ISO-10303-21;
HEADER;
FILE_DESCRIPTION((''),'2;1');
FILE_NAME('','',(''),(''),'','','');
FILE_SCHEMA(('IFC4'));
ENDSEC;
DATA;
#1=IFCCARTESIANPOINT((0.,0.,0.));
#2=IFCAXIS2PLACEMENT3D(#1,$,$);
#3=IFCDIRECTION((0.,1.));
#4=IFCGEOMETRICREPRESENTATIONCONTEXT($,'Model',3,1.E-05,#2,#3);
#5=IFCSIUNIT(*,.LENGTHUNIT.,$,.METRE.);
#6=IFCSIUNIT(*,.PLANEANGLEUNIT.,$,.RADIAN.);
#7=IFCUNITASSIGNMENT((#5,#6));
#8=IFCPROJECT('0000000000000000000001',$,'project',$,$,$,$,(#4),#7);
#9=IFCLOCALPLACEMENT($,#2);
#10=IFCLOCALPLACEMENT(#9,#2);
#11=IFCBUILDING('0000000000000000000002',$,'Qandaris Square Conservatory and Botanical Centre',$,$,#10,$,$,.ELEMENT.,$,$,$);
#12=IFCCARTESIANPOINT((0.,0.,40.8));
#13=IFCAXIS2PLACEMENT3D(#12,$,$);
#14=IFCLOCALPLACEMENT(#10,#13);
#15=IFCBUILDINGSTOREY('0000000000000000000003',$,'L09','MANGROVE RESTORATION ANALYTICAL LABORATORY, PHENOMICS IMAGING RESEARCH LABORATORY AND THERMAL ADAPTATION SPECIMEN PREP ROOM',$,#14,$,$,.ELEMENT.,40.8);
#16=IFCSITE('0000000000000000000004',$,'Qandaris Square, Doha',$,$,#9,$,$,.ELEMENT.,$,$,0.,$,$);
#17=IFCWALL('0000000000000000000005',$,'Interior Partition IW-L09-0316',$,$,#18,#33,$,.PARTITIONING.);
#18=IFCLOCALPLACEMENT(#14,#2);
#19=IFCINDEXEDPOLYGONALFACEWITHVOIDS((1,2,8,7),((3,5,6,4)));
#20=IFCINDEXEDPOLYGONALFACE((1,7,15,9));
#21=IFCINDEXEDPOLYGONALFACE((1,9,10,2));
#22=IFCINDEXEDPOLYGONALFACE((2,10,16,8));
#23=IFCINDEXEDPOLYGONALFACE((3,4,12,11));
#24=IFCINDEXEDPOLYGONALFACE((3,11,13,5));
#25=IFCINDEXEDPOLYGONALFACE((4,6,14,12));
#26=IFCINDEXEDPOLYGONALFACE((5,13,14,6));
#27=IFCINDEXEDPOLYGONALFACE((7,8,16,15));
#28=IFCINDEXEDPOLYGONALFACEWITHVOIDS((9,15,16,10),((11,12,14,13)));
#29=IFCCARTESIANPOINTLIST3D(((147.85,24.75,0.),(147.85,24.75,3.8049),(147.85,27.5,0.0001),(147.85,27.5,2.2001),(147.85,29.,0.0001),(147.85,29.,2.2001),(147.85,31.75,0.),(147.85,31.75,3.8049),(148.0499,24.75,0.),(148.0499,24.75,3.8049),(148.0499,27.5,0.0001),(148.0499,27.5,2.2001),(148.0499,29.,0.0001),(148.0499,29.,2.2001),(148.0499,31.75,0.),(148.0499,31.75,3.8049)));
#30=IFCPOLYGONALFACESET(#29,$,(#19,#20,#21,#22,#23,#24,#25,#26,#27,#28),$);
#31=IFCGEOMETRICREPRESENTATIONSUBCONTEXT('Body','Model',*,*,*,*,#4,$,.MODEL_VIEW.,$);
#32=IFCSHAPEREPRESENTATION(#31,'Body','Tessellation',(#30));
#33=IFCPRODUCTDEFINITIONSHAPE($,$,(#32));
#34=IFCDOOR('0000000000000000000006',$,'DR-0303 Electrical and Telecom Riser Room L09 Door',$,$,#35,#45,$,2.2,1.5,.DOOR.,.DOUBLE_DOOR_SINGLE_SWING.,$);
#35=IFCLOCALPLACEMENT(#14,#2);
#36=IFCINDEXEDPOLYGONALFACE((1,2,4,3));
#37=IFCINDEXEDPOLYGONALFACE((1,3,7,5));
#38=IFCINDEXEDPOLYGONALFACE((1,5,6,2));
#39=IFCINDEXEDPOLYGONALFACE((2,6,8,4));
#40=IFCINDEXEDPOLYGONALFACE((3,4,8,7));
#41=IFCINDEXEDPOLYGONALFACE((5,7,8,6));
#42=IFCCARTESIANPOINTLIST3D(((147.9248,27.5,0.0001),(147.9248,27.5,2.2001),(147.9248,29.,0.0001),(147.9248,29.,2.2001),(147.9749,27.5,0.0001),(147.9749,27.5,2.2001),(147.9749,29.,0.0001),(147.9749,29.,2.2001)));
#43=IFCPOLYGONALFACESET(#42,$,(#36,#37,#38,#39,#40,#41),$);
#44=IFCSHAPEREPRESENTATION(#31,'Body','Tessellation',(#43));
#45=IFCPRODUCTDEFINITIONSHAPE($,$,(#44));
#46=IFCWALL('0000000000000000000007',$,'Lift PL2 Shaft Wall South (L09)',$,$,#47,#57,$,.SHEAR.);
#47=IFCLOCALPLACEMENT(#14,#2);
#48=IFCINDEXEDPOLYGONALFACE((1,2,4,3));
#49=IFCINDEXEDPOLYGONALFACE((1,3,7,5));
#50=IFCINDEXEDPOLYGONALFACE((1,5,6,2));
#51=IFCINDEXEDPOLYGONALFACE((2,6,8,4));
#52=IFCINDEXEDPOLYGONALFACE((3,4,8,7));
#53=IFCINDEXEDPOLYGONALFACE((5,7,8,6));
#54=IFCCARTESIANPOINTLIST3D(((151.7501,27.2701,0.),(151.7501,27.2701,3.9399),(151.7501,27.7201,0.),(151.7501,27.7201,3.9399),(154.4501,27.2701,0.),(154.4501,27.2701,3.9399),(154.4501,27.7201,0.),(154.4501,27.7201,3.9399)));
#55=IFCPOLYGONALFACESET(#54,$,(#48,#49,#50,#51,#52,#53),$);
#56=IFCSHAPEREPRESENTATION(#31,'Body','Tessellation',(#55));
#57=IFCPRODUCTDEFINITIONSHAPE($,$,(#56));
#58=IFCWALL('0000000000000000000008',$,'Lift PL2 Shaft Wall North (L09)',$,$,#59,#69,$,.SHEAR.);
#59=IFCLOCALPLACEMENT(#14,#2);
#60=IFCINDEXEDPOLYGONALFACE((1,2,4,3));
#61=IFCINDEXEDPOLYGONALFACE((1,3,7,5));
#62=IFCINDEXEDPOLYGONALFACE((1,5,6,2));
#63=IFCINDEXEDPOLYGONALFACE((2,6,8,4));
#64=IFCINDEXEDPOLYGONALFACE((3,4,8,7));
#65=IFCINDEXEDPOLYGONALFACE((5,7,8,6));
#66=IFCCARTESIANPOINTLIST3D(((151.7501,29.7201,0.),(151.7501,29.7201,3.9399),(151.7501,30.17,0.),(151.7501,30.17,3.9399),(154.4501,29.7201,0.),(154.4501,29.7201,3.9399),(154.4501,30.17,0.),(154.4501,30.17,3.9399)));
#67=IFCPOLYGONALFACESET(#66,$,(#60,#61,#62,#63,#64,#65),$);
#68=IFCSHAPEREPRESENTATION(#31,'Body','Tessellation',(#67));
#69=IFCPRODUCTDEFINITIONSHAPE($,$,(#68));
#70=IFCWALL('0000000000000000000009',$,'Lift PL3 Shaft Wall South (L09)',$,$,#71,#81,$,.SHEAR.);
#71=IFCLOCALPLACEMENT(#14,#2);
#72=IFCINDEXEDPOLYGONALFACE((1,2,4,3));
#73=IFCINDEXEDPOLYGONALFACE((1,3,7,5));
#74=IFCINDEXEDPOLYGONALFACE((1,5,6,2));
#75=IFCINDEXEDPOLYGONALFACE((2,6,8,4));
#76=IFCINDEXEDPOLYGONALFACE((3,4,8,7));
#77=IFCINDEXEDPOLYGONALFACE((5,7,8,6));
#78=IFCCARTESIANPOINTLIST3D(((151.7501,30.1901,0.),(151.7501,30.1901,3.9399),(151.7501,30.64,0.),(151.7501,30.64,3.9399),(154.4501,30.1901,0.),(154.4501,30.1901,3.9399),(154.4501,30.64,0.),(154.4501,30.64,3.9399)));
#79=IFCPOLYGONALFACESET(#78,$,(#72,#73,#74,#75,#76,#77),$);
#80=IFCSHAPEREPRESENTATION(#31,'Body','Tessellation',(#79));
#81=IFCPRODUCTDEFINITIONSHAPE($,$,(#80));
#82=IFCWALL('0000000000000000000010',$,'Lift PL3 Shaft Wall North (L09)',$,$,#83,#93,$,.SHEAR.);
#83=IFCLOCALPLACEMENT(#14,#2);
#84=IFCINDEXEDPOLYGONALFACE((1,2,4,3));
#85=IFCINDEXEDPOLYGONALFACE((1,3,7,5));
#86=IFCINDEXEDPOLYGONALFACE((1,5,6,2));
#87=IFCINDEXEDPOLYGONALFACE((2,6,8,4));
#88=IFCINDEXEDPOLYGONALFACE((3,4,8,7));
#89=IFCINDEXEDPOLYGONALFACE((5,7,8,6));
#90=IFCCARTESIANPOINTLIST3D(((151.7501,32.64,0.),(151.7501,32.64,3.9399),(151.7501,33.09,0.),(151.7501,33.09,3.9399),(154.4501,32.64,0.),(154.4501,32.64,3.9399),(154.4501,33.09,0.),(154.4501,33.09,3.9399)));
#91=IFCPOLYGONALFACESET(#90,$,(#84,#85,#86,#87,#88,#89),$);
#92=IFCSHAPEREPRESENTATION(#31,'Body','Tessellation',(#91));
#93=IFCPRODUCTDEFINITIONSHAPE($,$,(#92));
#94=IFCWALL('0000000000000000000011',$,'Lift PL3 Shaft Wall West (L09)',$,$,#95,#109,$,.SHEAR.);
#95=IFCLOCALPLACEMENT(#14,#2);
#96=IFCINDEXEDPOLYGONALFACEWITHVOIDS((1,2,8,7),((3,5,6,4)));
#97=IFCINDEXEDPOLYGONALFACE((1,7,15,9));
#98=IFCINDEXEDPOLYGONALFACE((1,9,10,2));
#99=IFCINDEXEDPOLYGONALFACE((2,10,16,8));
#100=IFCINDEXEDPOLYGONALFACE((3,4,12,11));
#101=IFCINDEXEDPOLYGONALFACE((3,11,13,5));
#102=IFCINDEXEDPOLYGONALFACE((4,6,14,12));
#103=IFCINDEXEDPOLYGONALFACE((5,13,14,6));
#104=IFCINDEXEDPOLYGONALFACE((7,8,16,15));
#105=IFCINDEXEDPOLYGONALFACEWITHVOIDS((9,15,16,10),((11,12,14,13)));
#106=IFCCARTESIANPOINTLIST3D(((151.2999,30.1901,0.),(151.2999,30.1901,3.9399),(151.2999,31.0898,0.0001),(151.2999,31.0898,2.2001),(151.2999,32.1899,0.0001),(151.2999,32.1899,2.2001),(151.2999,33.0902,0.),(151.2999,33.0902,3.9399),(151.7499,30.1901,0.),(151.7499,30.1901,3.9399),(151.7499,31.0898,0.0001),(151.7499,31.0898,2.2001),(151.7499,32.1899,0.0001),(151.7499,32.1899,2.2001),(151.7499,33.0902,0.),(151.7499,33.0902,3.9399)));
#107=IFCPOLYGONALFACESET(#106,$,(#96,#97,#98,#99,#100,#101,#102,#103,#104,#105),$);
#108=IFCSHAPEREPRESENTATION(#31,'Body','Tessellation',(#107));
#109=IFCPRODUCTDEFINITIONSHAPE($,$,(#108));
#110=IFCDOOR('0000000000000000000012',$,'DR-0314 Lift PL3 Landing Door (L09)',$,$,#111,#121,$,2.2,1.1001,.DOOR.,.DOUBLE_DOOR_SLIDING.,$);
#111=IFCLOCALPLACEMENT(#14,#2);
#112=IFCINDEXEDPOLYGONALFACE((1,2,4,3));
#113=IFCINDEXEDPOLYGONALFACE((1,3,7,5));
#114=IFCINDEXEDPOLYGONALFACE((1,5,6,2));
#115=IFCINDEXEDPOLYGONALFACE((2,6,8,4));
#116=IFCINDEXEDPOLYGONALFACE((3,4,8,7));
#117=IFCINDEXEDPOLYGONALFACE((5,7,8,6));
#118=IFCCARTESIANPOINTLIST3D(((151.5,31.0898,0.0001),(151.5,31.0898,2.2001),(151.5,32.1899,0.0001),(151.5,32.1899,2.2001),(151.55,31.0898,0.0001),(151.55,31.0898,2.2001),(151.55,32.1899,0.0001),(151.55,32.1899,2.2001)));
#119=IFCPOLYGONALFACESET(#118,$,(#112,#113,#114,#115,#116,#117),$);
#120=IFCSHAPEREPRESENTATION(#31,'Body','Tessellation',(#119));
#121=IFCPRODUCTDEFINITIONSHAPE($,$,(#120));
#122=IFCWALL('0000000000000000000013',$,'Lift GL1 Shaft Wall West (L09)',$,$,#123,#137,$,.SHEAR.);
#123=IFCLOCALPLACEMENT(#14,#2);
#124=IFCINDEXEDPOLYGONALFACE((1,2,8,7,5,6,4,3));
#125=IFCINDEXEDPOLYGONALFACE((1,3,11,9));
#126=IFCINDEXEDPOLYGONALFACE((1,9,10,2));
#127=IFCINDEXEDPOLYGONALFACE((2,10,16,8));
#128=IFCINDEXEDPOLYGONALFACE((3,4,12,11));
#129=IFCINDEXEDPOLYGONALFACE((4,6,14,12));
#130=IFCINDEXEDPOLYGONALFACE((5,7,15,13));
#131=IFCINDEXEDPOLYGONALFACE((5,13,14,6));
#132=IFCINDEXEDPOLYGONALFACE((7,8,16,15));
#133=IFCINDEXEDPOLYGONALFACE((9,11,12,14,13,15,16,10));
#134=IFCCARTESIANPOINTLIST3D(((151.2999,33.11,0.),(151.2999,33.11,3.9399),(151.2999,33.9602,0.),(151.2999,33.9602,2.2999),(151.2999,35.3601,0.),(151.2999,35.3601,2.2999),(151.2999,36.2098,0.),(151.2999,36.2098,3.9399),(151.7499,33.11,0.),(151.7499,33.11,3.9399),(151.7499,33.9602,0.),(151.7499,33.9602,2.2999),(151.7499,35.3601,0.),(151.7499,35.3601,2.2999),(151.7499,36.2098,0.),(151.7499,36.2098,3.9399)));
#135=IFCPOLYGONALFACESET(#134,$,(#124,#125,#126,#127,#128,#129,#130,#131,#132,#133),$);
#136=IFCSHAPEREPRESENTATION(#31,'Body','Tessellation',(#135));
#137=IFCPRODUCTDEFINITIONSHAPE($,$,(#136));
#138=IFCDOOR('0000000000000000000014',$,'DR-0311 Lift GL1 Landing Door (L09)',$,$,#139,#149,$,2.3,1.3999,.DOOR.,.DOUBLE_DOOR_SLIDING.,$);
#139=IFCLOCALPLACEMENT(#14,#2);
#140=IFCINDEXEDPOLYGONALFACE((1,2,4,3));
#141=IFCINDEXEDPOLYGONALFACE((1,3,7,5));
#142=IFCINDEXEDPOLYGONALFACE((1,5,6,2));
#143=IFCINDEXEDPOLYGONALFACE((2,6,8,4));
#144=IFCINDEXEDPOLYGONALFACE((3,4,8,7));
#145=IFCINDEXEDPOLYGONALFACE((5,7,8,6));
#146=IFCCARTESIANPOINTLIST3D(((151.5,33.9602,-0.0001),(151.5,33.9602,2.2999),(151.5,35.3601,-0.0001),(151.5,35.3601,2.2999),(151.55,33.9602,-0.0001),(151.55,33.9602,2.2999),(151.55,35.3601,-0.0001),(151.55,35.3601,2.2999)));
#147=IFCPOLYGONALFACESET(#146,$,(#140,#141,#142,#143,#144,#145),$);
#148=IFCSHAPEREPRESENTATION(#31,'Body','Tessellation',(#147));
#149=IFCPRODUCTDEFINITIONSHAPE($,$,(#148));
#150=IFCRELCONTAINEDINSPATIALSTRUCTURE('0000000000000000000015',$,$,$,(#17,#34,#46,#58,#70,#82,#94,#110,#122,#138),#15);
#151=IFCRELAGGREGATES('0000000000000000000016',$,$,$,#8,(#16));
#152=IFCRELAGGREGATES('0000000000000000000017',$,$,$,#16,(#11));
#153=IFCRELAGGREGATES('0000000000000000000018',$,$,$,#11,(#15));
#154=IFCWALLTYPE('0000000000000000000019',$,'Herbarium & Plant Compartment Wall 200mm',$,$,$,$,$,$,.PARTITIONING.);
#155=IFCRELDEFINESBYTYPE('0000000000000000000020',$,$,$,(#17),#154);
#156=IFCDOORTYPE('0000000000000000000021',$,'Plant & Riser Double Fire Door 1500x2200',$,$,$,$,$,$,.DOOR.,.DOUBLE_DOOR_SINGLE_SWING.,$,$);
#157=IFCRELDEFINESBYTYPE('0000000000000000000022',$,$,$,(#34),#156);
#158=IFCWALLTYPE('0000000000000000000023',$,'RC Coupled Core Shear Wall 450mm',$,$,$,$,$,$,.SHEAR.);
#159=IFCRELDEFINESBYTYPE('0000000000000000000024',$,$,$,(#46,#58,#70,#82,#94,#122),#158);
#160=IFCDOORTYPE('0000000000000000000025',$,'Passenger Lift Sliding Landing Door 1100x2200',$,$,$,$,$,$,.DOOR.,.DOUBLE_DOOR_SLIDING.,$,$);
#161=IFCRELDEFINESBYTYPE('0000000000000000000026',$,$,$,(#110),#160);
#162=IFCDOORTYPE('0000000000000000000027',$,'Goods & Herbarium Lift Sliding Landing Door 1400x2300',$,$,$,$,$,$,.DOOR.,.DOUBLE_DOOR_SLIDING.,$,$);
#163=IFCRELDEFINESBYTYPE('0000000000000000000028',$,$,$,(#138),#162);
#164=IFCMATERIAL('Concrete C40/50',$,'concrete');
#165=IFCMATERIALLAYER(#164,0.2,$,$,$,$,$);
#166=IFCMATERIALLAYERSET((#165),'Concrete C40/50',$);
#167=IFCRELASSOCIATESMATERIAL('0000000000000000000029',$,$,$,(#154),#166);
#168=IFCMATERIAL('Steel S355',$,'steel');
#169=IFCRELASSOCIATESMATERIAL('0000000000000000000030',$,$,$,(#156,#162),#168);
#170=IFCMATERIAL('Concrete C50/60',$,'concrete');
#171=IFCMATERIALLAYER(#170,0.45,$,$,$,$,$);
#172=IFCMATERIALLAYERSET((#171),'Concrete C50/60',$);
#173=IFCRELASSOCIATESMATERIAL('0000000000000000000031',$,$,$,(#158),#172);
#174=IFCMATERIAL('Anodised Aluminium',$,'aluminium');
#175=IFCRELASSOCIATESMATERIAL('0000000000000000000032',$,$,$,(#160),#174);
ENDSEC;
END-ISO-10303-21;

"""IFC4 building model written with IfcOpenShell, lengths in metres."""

from ifc_helpers import new_model, si_unit, direction, frame, frame_2d, origin, place, context, subcontext, project, spatial, rectangle, extrude, material, layer, layer_set, type_object, element, fill, save


model = new_model("IFC4")

# Units and contexts
model_context = context("Model", 3, precision=1e-05, world=origin(), true_north=direction((0.0, 1.0)))
body_context = subcontext(model_context, "Body", "Model", "MODEL_VIEW")
ifc_project = project(units=[si_unit("LENGTHUNIT", "METRE"), si_unit("PLANEANGLEUNIT", "RADIAN")], contexts=[model_context])

# Site, building, storey
site_placement = place(None, origin())
site = spatial("IfcSite", under=ifc_project, at=site_placement, Name="Qandaris Square, Doha", CompositionType="ELEMENT", RefElevation=0.0)
building_placement = place(site_placement, origin())
building = spatial("IfcBuilding", under=site, at=building_placement, Name="Qandaris Square Conservatory and Botanical Centre", CompositionType="ELEMENT")
storey_placement = place(building_placement, frame((0.0, 0.0, 40.8)))
storey = spatial("IfcBuildingStorey", under=building, at=storey_placement, Name="L09", Description="MANGROVE RESTORATION ANALYTICAL LABORATORY, PHENOMICS IMAGING RESEARCH LABORATORY AND THERMAL ADAPTATION SPECIMEN PREP ROOM", CompositionType="ELEMENT", Elevation=40.8)

# Shared definitions
ifc_material_1 = material(Name="Concrete C50/60", Category="concrete")

# Shared definitions
ifc_material_2 = material(Name="Steel S355", Category="steel")

# Shared definitions
ifc_material_3 = material(Name="Concrete C40/50", Category="concrete")

# Wall, opening, door
ifc_layer_1 = layer(ifc_material_3, 0.2)
ifc_layer_set_1 = layer_set([ifc_layer_1], Name="Concrete C40/50")
wall_type_1 = type_object("IfcWallType", Name="Herbarium & Plant Compartment Wall 200mm", PredefinedType="PARTITIONING", material=ifc_layer_set_1)
wall_1_placement = place(storey_placement, frame((147.95, 31.75, 0.0), z_axis=(0.0, 0.0, 1.0), x_axis=(0.0, -1.0, 0.0)))
wall_1 = element("IfcWall", 1, at=wall_1_placement, inside=storey, type_object=wall_type_1, Name="Interior Partition IW-L09-0316", PredefinedType="PARTITIONING", context=body_context, shape_type="SweptSolid", body=[
    extrude(rectangle(XDim=7.0, YDim=0.2, at=frame_2d((3.5, 0.0))), origin(), (0.0, 0.0, 1.0), 3.8049),
])
opening_1_placement = place(wall_1_placement, frame((2.75, 0.0, 0.0)))
opening_1 = element("IfcOpeningElement", 2, at=opening_1_placement, cuts=wall_1, PredefinedType="OPENING", context=body_context, shape_type="SweptSolid", body=[
    extrude(rectangle(XDim=1.5, YDim=2.2, at=frame_2d((0.75, 1.1001))), frame((0.0, 0.1118, 0.0), z_axis=(0.0, -1.0, 0.0), x_axis=(1.0, 0.0, 0.0)), (0.0, 0.0, 1.0), 0.2239),
])
door_type_1 = type_object("IfcDoorType", Name="Plant & Riser Double Fire Door 1500x2200", OperationType="DOUBLE_DOOR_SINGLE_SWING", PredefinedType="DOOR", material=ifc_material_2)
door_1_placement = place(opening_1_placement, origin())
door_1 = element("IfcDoor", 3, at=door_1_placement, inside=storey, type_object=door_type_1, Name="DR-0303 Electrical and Telecom Riser Room L09 Door", OperationType="DOUBLE_DOOR_SINGLE_SWING", OverallHeight=2.2, OverallWidth=1.5, PredefinedType="DOOR", context=body_context, shape_type="SweptSolid", body=[
    extrude(rectangle(XDim=1.5, YDim=2.2, at=frame_2d((0.75, 1.1001))), frame((0.0, 0.0249, 0.0), z_axis=(0.0, -1.0, 0.0), x_axis=(1.0, 0.0, 0.0)), (0.0, 0.0, 1.0), 0.05),
])
fill(opening_1, door_1)

# Walls
ifc_layer_2 = layer(ifc_material_1, 0.45)
ifc_layer_set_2 = layer_set([ifc_layer_2], Name="Concrete C50/60")
wall_type_2 = type_object("IfcWallType", Name="RC Coupled Core Shear Wall 450mm", PredefinedType="SHEAR", material=ifc_layer_set_2)
for number, where, z_axis, x_axis, name in (
    (4, (151.75, 27.4951, 0.0), (0.0, 0.0, 1.0), (1.0, 0.0, 0.0), "Lift PL2 Shaft Wall South (L09)"),
    (5, (151.75, 29.9451, 0.0), (0.0, 0.0, 1.0), (1.0, 0.0, 0.0), "Lift PL2 Shaft Wall North (L09)"),
    (6, (151.75, 30.415, 0.0), (0.0, 0.0, 1.0), (1.0, 0.0, 0.0), "Lift PL3 Shaft Wall South (L09)"),
    (7, (151.75, 32.865, 0.0), (0.0, 0.0, 1.0), (1.0, 0.0, 0.0), "Lift PL3 Shaft Wall North (L09)"),
):
    element("IfcWall", number, at=place(storey_placement, frame(where, z_axis=z_axis, x_axis=x_axis)), inside=storey, type_object=wall_type_2, Name=name, PredefinedType="SHEAR", context=body_context, shape_type="SweptSolid", body=[
        extrude(rectangle(XDim=2.7, YDim=0.45, at=frame_2d((1.3501, 0.0))), origin(), (0.0, 0.0, 1.0), 3.9399),
    ])

# Walls, openings, doors
wall_2_placement = place(storey_placement, frame((151.5249, 30.1899, 0.0), z_axis=(0.0, 0.0, 1.0), x_axis=(0.0, 1.0, 0.0)))
wall_2 = element("IfcWall", 8, at=wall_2_placement, inside=storey, type_object=wall_type_2, Name="Lift PL3 Shaft Wall West (L09)", PredefinedType="SHEAR", context=body_context, shape_type="SweptSolid", body=[
    extrude(rectangle(XDim=2.9001, YDim=0.45, at=frame_2d((1.4502, 0.0))), origin(), (0.0, 0.0, 1.0), 3.9399),
])
opening_2_placement = place(wall_2_placement, frame((0.8999, 0.0, 0.0)))
opening_2 = element("IfcOpeningElement", 9, at=opening_2_placement, cuts=wall_2, PredefinedType="OPENING", context=body_context, shape_type="SweptSolid", body=[
    extrude(rectangle(XDim=1.1001, YDim=2.2, at=frame_2d((0.55, 1.1001))), frame((0.0, 0.2368, 0.0), z_axis=(0.0, -1.0, 0.0), x_axis=(1.0, 0.0, 0.0)), (0.0, 0.0, 1.0), 0.4739),
])
ifc_material_4 = material(Name="Anodised Aluminium", Category="aluminium")
door_type_2 = type_object("IfcDoorType", Name="Passenger Lift Sliding Landing Door 1100x2200", OperationType="DOUBLE_DOOR_SLIDING", PredefinedType="DOOR", material=ifc_material_4)
door_2_placement = place(opening_2_placement, origin())
door_2 = element("IfcDoor", 10, at=door_2_placement, inside=storey, type_object=door_type_2, Name="DR-0314 Lift PL3 Landing Door (L09)", OperationType="DOUBLE_DOOR_SLIDING", OverallHeight=2.2, OverallWidth=1.1001, PredefinedType="DOOR", context=body_context, shape_type="SweptSolid", body=[
    extrude(rectangle(XDim=1.1001, YDim=2.2, at=frame_2d((0.55, 1.1001))), frame((0.0, 0.0249, 0.0), z_axis=(0.0, -1.0, 0.0), x_axis=(1.0, 0.0, 0.0)), (0.0, 0.0, 1.0), 0.05),
])
fill(opening_2, door_2)
wall_3_placement = place(storey_placement, frame((151.5249, 33.1101, 0.0), z_axis=(0.0, 0.0, 1.0), x_axis=(0.0, 1.0, 0.0)))
wall_3 = element("IfcWall", 11, at=wall_3_placement, inside=storey, type_object=wall_type_2, Name="Lift GL1 Shaft Wall West (L09)", PredefinedType="SHEAR", context=body_context, shape_type="SweptSolid", body=[
    extrude(rectangle(XDim=3.0999, YDim=0.45, at=frame_2d((1.5498, 0.0))), origin(), (0.0, 0.0, 1.0), 3.9399),
])
opening_3_placement = place(wall_3_placement, frame((0.8501, 0.0, 0.0)))
opening_3 = element("IfcOpeningElement", 12, at=opening_3_placement, cuts=wall_3, PredefinedType="OPENING", context=body_context, shape_type="SweptSolid", body=[
    extrude(rectangle(XDim=1.3999, YDim=2.3, at=frame_2d((0.7, 1.1499))), frame((0.0, 0.2368, 0.0), z_axis=(0.0, -1.0, 0.0), x_axis=(1.0, 0.0, 0.0)), (0.0, 0.0, 1.0), 0.4739),
])
door_type_3 = type_object("IfcDoorType", Name="Goods & Herbarium Lift Sliding Landing Door 1400x2300", OperationType="DOUBLE_DOOR_SLIDING", PredefinedType="DOOR", material=ifc_material_2)
door_3_placement = place(opening_3_placement, origin())
door_3 = element("IfcDoor", 13, at=door_3_placement, inside=storey, type_object=door_type_3, Name="DR-0311 Lift GL1 Landing Door (L09)", OperationType="DOUBLE_DOOR_SLIDING", OverallHeight=2.3, OverallWidth=1.3999, PredefinedType="DOOR", context=body_context, shape_type="SweptSolid", body=[
    extrude(rectangle(XDim=1.3999, YDim=2.3, at=frame_2d((0.7, 1.1499))), frame((0.0, 0.0249, 0.0), z_axis=(0.0, -1.0, 0.0), x_axis=(1.0, 0.0, 0.0)), (0.0, 0.0, 1.0), 0.05),
])
fill(opening_3, door_3)

save(model, "model.ifc")
